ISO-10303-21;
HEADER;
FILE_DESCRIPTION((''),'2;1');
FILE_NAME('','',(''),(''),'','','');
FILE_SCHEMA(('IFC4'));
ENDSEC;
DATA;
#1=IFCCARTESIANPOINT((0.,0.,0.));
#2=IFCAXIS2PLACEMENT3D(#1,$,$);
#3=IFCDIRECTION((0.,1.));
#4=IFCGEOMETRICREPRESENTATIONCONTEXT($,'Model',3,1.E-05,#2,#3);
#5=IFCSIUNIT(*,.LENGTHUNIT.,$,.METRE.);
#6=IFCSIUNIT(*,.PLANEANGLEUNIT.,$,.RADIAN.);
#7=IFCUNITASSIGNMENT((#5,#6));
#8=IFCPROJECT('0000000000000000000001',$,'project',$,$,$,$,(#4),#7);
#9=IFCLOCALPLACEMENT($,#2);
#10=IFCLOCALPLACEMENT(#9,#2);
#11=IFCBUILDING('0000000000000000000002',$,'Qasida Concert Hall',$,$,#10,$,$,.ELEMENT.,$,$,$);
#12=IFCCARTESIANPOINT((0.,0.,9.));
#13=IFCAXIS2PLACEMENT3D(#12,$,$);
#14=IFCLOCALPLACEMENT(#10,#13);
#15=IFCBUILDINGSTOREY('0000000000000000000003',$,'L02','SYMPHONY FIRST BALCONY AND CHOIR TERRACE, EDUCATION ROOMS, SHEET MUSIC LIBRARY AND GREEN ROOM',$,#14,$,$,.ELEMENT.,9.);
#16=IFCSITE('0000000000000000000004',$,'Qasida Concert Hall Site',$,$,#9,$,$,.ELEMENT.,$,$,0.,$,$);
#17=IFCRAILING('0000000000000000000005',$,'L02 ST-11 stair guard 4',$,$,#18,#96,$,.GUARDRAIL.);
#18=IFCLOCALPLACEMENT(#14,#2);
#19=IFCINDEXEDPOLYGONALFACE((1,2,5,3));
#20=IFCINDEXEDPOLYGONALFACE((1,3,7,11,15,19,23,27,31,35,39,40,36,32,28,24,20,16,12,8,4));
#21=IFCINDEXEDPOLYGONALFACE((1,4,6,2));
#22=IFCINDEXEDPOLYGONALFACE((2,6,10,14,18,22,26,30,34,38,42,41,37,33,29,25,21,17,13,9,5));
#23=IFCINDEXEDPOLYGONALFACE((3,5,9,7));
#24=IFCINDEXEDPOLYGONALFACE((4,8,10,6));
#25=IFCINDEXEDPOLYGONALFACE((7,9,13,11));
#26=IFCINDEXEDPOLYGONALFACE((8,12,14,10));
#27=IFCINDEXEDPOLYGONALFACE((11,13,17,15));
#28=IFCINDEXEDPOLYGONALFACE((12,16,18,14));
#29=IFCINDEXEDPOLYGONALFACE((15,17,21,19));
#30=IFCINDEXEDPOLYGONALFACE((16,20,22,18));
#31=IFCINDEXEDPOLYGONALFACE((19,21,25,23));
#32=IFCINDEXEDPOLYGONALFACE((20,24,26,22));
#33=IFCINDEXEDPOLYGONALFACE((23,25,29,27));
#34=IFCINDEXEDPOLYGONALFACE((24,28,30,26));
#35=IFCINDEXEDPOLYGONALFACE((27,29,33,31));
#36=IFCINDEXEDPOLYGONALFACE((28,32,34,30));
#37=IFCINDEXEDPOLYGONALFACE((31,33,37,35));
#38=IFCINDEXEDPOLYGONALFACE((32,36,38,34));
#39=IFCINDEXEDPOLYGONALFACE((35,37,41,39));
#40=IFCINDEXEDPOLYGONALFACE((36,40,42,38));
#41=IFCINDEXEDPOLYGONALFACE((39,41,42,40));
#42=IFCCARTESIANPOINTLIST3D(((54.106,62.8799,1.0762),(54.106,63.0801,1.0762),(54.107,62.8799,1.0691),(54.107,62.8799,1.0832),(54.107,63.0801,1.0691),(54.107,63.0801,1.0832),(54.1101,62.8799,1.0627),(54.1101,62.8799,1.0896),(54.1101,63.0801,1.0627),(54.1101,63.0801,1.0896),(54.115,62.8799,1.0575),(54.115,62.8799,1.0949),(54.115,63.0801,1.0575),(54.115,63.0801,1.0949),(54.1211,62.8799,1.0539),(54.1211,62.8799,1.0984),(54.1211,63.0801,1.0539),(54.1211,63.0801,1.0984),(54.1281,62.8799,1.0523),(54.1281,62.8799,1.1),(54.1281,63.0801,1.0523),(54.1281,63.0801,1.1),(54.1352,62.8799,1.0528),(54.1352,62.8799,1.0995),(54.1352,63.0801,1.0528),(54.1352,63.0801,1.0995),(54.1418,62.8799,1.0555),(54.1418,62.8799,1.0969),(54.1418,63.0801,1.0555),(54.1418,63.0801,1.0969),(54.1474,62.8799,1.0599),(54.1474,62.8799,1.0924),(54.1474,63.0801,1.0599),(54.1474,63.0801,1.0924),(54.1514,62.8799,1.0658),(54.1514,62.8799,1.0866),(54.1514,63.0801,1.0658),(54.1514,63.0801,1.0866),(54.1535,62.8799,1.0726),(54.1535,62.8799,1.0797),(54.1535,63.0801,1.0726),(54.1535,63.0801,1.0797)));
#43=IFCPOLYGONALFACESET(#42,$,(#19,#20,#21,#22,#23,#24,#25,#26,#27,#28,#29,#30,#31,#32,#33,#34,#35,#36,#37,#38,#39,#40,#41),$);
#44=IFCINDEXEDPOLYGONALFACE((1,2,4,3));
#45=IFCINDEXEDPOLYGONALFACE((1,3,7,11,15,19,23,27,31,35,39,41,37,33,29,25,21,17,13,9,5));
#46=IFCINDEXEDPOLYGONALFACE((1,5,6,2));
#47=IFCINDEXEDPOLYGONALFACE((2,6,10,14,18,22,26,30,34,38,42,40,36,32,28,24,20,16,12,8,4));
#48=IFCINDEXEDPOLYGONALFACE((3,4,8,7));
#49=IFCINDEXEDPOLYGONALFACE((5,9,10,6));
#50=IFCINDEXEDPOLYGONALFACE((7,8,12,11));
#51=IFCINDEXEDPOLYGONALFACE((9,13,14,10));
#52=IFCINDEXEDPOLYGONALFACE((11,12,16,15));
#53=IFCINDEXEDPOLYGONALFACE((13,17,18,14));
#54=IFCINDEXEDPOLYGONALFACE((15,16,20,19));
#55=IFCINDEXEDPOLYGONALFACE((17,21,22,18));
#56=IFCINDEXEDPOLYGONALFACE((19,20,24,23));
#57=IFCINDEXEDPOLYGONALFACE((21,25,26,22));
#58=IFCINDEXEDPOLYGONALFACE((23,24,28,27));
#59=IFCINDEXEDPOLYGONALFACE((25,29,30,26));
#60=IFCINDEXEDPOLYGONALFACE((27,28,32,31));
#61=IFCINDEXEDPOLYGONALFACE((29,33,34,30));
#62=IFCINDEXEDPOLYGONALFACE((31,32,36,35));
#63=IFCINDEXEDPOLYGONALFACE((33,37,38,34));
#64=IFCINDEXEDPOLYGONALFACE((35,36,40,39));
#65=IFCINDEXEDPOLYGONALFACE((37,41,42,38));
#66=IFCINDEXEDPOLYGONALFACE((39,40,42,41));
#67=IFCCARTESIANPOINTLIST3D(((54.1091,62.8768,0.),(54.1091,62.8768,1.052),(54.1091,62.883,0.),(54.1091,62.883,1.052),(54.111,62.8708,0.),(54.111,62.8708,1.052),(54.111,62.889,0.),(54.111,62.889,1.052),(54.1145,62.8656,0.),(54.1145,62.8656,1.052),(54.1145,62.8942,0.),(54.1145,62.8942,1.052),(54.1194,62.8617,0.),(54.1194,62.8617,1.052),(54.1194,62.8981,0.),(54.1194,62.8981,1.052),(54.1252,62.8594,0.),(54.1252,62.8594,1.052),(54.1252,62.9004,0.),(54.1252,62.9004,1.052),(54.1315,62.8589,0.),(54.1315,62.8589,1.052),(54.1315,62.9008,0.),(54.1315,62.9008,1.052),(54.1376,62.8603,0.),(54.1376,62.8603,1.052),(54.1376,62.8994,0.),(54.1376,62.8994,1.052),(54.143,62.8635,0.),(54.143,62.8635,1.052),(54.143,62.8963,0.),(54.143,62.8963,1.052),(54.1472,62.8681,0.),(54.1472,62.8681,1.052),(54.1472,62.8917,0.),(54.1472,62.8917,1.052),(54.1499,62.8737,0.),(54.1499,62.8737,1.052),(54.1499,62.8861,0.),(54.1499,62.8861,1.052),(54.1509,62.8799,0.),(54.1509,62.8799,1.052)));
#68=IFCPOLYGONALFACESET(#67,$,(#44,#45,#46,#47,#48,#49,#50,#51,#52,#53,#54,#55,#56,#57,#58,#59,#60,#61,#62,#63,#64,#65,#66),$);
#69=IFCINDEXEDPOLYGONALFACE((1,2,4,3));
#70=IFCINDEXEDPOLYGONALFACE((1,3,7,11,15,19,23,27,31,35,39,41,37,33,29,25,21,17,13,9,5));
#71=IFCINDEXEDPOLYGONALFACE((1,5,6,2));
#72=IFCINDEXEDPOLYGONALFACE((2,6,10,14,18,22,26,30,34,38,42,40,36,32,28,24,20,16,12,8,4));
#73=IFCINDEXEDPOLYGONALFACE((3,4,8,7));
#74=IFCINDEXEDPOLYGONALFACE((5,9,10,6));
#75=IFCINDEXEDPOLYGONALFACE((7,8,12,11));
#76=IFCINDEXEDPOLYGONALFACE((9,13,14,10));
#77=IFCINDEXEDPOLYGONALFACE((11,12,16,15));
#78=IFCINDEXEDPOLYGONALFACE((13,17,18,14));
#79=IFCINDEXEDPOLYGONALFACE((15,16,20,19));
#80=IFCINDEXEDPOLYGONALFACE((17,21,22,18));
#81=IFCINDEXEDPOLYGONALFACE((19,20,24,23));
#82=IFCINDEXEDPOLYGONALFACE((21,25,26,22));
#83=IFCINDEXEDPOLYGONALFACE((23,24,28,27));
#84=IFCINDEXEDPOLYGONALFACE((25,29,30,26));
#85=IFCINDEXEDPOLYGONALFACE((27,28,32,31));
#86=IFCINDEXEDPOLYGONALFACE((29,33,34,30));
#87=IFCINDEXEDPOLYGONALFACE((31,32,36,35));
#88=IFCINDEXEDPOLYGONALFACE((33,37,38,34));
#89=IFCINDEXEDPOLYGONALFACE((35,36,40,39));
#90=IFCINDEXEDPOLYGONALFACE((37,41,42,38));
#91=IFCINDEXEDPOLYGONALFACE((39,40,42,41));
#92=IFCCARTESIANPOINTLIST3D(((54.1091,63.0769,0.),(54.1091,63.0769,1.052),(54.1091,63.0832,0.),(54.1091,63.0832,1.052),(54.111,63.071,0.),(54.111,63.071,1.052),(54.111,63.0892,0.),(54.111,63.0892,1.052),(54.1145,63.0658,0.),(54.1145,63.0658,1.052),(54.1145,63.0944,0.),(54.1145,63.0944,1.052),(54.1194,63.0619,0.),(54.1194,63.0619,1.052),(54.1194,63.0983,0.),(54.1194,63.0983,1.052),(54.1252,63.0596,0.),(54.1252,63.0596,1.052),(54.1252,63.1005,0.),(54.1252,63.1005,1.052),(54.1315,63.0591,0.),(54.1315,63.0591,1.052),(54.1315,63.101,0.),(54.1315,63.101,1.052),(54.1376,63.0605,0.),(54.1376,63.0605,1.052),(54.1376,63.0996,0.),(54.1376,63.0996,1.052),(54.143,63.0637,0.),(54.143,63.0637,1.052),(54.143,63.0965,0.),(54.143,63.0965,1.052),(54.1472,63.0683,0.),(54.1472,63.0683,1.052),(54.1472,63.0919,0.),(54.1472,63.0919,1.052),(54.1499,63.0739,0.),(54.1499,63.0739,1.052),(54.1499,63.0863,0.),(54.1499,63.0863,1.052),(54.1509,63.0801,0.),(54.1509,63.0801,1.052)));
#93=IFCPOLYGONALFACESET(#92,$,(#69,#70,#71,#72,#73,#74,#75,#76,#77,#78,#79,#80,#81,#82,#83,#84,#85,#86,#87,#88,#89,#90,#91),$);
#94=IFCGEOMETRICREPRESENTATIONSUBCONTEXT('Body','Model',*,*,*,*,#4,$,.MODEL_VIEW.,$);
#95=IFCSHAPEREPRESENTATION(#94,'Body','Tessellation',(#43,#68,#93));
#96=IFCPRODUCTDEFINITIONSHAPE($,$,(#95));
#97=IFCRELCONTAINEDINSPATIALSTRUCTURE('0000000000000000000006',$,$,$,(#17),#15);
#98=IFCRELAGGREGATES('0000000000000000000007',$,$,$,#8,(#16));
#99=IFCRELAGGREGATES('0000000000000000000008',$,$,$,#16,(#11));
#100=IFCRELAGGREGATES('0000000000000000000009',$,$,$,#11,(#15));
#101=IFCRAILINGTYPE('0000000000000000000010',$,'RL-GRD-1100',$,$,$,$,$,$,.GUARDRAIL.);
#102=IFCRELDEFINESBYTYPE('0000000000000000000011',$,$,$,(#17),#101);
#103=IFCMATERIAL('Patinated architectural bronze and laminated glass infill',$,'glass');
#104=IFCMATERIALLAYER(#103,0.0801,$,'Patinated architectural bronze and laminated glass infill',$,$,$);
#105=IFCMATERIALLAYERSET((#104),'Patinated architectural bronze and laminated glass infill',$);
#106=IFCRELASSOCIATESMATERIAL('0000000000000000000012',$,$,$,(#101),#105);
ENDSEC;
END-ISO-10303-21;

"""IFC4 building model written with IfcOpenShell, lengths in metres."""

from ifc_helpers import new_model, si_unit, direction, frame, origin, origin_2d, place, context, subcontext, project, spatial, circle, extrude, material, layer, layer_set, type_object, element, save


model = new_model("IFC4")

# Units and contexts
model_context = context("Model", 3, precision=1e-05, world=origin(), true_north=direction((0.0, 1.0)))
body_context = subcontext(model_context, "Body", "Model", "MODEL_VIEW")
ifc_project = project(units=[si_unit("LENGTHUNIT", "METRE"), si_unit("PLANEANGLEUNIT", "RADIAN")], contexts=[model_context])

# Site, building, storey
site_placement = place(None, origin())
site = spatial("IfcSite", under=ifc_project, at=site_placement, Name="Qasida Concert Hall Site", CompositionType="ELEMENT", RefElevation=0.0)
building_placement = place(site_placement, origin())
building = spatial("IfcBuilding", under=site, at=building_placement, Name="Qasida Concert Hall", CompositionType="ELEMENT")
storey_placement = place(building_placement, frame((0.0, 0.0, 9.0)))
storey = spatial("IfcBuildingStorey", under=building, at=storey_placement, Name="L02", Description="SYMPHONY FIRST BALCONY AND CHOIR TERRACE, EDUCATION ROOMS, SHEET MUSIC LIBRARY AND GREEN ROOM", CompositionType="ELEMENT", Elevation=9.0)

# Railing
ifc_material_1 = material(Name="Patinated architectural bronze and laminated glass infill", Category="glass")
ifc_layer_1 = layer(ifc_material_1, 0.0801, Name="Patinated architectural bronze and laminated glass infill")
ifc_layer_set_1 = layer_set([ifc_layer_1], Name="Patinated architectural bronze and laminated glass infill")
railing_type_1 = type_object("IfcRailingType", Name="RL-GRD-1100", PredefinedType="GUARDRAIL", material=ifc_layer_set_1)
railing_1_placement = place(storey_placement, frame((54.1299, 62.8799, 0.0)))
element("IfcRailing", 1, at=railing_1_placement, inside=storey, type_object=railing_type_1, Name="L02 ST-11 stair guard 4", PredefinedType="GUARDRAIL", context=body_context, shape_type="SweptSolid", body=[
    extrude(circle(Radius=0.0239, at=origin_2d()), frame((0.0, 0.0, 1.0762), z_axis=(0.0, 1.0, 0.0), x_axis=(-1.0, 0.0, 0.0)), (0.0, 0.0, 1.0), 0.2002),
    extrude(circle(Radius=0.021, at=origin_2d()), origin(), (0.0, 0.0, 1.0), 1.052),
    extrude(circle(Radius=0.021, at=origin_2d()), frame((0.0, 0.2002, 0.0)), (0.0, 0.0, 1.0), 1.052),
])

save(model, "model.ifc")
